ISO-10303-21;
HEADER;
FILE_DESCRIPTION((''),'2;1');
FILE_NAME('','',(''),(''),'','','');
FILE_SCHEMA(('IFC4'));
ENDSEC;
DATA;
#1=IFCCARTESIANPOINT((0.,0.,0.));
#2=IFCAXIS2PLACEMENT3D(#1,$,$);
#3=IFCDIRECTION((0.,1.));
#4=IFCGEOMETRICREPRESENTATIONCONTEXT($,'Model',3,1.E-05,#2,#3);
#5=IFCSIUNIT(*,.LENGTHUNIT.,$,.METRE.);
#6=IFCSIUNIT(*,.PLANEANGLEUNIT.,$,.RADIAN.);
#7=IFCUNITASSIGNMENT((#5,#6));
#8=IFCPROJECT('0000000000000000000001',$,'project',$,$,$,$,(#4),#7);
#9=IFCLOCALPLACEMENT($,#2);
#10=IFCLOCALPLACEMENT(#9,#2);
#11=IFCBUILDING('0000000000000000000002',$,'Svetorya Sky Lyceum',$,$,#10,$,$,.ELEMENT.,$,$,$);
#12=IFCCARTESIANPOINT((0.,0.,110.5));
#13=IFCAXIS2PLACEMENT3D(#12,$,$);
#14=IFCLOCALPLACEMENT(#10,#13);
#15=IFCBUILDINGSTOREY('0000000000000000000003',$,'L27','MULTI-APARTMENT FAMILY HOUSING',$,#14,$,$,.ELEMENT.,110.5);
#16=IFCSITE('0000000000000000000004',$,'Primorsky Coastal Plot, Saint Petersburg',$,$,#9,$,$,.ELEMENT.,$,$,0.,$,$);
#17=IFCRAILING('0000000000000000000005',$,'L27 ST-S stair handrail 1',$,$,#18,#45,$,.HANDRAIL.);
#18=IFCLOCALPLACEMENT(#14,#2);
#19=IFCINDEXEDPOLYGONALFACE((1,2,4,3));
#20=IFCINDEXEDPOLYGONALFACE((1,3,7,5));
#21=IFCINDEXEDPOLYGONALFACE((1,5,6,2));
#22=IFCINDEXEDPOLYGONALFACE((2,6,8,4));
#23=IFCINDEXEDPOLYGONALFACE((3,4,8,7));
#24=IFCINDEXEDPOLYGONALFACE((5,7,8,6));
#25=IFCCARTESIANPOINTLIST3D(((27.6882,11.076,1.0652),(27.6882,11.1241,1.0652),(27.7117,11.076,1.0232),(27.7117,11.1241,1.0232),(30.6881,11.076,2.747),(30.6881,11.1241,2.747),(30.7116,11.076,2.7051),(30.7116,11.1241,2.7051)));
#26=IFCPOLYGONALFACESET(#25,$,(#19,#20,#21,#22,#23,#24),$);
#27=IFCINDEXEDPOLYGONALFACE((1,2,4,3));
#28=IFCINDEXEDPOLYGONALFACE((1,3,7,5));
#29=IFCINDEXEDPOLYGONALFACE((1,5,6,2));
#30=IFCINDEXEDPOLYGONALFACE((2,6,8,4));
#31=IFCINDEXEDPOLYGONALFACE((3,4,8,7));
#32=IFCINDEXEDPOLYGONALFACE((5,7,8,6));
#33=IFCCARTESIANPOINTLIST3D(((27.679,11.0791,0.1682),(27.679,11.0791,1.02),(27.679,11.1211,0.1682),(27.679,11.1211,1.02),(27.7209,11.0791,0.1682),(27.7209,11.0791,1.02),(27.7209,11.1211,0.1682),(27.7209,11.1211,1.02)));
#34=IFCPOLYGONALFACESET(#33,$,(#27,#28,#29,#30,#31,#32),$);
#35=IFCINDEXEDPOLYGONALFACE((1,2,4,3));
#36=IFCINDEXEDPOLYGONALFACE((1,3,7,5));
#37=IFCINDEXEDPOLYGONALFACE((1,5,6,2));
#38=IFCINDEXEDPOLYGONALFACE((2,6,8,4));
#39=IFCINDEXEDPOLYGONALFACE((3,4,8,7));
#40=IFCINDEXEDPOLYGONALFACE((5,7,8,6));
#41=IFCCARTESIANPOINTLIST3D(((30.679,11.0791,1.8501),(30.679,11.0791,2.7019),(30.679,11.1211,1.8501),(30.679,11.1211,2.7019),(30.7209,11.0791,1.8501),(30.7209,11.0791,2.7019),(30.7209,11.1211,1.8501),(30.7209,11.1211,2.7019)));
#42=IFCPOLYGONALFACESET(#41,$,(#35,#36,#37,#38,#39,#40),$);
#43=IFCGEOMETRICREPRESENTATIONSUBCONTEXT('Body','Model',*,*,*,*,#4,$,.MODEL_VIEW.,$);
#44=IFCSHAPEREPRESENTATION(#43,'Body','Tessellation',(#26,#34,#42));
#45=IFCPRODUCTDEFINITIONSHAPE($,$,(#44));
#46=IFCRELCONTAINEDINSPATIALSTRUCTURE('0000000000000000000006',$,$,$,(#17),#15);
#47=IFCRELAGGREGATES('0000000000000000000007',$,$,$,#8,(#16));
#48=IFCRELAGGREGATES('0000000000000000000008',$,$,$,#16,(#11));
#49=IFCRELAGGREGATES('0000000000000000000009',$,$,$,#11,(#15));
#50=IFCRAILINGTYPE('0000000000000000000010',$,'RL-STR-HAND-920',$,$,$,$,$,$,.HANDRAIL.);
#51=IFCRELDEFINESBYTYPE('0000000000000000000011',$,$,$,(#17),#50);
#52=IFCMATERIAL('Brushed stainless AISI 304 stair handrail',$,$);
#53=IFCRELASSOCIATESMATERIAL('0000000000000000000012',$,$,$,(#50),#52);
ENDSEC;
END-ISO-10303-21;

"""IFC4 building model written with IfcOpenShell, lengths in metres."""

from ifc_helpers import new_model, si_unit, direction, frame, origin, origin_2d, place, context, subcontext, project, spatial, rectangle, extrude, material, type_object, element, save


model = new_model("IFC4")

# Units and contexts
model_context = context("Model", 3, precision=1e-05, world=origin(), true_north=direction((0.0, 1.0)))
body_context = subcontext(model_context, "Body", "Model", "MODEL_VIEW")
ifc_project = project(units=[si_unit("LENGTHUNIT", "METRE"), si_unit("PLANEANGLEUNIT", "RADIAN")], contexts=[model_context])

# Site, building, storey
site_placement = place(None, origin())
site = spatial("IfcSite", under=ifc_project, at=site_placement, Name="Primorsky Coastal Plot, Saint Petersburg", CompositionType="ELEMENT", RefElevation=0.0)
building_placement = place(site_placement, origin())
building = spatial("IfcBuilding", under=site, at=building_placement, Name="Svetorya Sky Lyceum", CompositionType="ELEMENT")
storey_placement = place(building_placement, frame((0.0, 0.0, 110.5)))
storey = spatial("IfcBuildingStorey", under=building, at=storey_placement, Name="L27", Description="MULTI-APARTMENT FAMILY HOUSING", CompositionType="ELEMENT", Elevation=110.5)

# Railing
ifc_material_1 = material(Name="Brushed stainless AISI 304 stair handrail")
railing_type_1 = type_object("IfcRailingType", Name="RL-STR-HAND-920", PredefinedType="HANDRAIL", material=ifc_material_1)
railing_1_placement = place(storey_placement, frame((27.7, 11.1001, 0.1682)))
element("IfcRailing", 1, at=railing_1_placement, inside=storey, type_object=railing_type_1, Name="L27 ST-S stair handrail 1", PredefinedType="HANDRAIL", context=body_context, shape_type="SweptSolid", body=[
    extrude(rectangle(XDim=0.0481, YDim=0.0481, at=origin_2d()), frame((0.0, 0.0, 0.876), z_axis=(0.872272, 0.0, 0.48902), x_axis=(0.0, 1.0, 0.0)), (0.0, 0.0, 1.0), 3.4392),
    extrude(rectangle(XDim=0.042, YDim=0.042, at=origin_2d()), origin(), (0.0, 0.0, 1.0), 0.8518),
    extrude(rectangle(XDim=0.042, YDim=0.042, at=origin_2d()), frame((3.0, 0.0, 1.6819)), (0.0, 0.0, 1.0), 0.8518),
])

save(model, "model.ifc")
